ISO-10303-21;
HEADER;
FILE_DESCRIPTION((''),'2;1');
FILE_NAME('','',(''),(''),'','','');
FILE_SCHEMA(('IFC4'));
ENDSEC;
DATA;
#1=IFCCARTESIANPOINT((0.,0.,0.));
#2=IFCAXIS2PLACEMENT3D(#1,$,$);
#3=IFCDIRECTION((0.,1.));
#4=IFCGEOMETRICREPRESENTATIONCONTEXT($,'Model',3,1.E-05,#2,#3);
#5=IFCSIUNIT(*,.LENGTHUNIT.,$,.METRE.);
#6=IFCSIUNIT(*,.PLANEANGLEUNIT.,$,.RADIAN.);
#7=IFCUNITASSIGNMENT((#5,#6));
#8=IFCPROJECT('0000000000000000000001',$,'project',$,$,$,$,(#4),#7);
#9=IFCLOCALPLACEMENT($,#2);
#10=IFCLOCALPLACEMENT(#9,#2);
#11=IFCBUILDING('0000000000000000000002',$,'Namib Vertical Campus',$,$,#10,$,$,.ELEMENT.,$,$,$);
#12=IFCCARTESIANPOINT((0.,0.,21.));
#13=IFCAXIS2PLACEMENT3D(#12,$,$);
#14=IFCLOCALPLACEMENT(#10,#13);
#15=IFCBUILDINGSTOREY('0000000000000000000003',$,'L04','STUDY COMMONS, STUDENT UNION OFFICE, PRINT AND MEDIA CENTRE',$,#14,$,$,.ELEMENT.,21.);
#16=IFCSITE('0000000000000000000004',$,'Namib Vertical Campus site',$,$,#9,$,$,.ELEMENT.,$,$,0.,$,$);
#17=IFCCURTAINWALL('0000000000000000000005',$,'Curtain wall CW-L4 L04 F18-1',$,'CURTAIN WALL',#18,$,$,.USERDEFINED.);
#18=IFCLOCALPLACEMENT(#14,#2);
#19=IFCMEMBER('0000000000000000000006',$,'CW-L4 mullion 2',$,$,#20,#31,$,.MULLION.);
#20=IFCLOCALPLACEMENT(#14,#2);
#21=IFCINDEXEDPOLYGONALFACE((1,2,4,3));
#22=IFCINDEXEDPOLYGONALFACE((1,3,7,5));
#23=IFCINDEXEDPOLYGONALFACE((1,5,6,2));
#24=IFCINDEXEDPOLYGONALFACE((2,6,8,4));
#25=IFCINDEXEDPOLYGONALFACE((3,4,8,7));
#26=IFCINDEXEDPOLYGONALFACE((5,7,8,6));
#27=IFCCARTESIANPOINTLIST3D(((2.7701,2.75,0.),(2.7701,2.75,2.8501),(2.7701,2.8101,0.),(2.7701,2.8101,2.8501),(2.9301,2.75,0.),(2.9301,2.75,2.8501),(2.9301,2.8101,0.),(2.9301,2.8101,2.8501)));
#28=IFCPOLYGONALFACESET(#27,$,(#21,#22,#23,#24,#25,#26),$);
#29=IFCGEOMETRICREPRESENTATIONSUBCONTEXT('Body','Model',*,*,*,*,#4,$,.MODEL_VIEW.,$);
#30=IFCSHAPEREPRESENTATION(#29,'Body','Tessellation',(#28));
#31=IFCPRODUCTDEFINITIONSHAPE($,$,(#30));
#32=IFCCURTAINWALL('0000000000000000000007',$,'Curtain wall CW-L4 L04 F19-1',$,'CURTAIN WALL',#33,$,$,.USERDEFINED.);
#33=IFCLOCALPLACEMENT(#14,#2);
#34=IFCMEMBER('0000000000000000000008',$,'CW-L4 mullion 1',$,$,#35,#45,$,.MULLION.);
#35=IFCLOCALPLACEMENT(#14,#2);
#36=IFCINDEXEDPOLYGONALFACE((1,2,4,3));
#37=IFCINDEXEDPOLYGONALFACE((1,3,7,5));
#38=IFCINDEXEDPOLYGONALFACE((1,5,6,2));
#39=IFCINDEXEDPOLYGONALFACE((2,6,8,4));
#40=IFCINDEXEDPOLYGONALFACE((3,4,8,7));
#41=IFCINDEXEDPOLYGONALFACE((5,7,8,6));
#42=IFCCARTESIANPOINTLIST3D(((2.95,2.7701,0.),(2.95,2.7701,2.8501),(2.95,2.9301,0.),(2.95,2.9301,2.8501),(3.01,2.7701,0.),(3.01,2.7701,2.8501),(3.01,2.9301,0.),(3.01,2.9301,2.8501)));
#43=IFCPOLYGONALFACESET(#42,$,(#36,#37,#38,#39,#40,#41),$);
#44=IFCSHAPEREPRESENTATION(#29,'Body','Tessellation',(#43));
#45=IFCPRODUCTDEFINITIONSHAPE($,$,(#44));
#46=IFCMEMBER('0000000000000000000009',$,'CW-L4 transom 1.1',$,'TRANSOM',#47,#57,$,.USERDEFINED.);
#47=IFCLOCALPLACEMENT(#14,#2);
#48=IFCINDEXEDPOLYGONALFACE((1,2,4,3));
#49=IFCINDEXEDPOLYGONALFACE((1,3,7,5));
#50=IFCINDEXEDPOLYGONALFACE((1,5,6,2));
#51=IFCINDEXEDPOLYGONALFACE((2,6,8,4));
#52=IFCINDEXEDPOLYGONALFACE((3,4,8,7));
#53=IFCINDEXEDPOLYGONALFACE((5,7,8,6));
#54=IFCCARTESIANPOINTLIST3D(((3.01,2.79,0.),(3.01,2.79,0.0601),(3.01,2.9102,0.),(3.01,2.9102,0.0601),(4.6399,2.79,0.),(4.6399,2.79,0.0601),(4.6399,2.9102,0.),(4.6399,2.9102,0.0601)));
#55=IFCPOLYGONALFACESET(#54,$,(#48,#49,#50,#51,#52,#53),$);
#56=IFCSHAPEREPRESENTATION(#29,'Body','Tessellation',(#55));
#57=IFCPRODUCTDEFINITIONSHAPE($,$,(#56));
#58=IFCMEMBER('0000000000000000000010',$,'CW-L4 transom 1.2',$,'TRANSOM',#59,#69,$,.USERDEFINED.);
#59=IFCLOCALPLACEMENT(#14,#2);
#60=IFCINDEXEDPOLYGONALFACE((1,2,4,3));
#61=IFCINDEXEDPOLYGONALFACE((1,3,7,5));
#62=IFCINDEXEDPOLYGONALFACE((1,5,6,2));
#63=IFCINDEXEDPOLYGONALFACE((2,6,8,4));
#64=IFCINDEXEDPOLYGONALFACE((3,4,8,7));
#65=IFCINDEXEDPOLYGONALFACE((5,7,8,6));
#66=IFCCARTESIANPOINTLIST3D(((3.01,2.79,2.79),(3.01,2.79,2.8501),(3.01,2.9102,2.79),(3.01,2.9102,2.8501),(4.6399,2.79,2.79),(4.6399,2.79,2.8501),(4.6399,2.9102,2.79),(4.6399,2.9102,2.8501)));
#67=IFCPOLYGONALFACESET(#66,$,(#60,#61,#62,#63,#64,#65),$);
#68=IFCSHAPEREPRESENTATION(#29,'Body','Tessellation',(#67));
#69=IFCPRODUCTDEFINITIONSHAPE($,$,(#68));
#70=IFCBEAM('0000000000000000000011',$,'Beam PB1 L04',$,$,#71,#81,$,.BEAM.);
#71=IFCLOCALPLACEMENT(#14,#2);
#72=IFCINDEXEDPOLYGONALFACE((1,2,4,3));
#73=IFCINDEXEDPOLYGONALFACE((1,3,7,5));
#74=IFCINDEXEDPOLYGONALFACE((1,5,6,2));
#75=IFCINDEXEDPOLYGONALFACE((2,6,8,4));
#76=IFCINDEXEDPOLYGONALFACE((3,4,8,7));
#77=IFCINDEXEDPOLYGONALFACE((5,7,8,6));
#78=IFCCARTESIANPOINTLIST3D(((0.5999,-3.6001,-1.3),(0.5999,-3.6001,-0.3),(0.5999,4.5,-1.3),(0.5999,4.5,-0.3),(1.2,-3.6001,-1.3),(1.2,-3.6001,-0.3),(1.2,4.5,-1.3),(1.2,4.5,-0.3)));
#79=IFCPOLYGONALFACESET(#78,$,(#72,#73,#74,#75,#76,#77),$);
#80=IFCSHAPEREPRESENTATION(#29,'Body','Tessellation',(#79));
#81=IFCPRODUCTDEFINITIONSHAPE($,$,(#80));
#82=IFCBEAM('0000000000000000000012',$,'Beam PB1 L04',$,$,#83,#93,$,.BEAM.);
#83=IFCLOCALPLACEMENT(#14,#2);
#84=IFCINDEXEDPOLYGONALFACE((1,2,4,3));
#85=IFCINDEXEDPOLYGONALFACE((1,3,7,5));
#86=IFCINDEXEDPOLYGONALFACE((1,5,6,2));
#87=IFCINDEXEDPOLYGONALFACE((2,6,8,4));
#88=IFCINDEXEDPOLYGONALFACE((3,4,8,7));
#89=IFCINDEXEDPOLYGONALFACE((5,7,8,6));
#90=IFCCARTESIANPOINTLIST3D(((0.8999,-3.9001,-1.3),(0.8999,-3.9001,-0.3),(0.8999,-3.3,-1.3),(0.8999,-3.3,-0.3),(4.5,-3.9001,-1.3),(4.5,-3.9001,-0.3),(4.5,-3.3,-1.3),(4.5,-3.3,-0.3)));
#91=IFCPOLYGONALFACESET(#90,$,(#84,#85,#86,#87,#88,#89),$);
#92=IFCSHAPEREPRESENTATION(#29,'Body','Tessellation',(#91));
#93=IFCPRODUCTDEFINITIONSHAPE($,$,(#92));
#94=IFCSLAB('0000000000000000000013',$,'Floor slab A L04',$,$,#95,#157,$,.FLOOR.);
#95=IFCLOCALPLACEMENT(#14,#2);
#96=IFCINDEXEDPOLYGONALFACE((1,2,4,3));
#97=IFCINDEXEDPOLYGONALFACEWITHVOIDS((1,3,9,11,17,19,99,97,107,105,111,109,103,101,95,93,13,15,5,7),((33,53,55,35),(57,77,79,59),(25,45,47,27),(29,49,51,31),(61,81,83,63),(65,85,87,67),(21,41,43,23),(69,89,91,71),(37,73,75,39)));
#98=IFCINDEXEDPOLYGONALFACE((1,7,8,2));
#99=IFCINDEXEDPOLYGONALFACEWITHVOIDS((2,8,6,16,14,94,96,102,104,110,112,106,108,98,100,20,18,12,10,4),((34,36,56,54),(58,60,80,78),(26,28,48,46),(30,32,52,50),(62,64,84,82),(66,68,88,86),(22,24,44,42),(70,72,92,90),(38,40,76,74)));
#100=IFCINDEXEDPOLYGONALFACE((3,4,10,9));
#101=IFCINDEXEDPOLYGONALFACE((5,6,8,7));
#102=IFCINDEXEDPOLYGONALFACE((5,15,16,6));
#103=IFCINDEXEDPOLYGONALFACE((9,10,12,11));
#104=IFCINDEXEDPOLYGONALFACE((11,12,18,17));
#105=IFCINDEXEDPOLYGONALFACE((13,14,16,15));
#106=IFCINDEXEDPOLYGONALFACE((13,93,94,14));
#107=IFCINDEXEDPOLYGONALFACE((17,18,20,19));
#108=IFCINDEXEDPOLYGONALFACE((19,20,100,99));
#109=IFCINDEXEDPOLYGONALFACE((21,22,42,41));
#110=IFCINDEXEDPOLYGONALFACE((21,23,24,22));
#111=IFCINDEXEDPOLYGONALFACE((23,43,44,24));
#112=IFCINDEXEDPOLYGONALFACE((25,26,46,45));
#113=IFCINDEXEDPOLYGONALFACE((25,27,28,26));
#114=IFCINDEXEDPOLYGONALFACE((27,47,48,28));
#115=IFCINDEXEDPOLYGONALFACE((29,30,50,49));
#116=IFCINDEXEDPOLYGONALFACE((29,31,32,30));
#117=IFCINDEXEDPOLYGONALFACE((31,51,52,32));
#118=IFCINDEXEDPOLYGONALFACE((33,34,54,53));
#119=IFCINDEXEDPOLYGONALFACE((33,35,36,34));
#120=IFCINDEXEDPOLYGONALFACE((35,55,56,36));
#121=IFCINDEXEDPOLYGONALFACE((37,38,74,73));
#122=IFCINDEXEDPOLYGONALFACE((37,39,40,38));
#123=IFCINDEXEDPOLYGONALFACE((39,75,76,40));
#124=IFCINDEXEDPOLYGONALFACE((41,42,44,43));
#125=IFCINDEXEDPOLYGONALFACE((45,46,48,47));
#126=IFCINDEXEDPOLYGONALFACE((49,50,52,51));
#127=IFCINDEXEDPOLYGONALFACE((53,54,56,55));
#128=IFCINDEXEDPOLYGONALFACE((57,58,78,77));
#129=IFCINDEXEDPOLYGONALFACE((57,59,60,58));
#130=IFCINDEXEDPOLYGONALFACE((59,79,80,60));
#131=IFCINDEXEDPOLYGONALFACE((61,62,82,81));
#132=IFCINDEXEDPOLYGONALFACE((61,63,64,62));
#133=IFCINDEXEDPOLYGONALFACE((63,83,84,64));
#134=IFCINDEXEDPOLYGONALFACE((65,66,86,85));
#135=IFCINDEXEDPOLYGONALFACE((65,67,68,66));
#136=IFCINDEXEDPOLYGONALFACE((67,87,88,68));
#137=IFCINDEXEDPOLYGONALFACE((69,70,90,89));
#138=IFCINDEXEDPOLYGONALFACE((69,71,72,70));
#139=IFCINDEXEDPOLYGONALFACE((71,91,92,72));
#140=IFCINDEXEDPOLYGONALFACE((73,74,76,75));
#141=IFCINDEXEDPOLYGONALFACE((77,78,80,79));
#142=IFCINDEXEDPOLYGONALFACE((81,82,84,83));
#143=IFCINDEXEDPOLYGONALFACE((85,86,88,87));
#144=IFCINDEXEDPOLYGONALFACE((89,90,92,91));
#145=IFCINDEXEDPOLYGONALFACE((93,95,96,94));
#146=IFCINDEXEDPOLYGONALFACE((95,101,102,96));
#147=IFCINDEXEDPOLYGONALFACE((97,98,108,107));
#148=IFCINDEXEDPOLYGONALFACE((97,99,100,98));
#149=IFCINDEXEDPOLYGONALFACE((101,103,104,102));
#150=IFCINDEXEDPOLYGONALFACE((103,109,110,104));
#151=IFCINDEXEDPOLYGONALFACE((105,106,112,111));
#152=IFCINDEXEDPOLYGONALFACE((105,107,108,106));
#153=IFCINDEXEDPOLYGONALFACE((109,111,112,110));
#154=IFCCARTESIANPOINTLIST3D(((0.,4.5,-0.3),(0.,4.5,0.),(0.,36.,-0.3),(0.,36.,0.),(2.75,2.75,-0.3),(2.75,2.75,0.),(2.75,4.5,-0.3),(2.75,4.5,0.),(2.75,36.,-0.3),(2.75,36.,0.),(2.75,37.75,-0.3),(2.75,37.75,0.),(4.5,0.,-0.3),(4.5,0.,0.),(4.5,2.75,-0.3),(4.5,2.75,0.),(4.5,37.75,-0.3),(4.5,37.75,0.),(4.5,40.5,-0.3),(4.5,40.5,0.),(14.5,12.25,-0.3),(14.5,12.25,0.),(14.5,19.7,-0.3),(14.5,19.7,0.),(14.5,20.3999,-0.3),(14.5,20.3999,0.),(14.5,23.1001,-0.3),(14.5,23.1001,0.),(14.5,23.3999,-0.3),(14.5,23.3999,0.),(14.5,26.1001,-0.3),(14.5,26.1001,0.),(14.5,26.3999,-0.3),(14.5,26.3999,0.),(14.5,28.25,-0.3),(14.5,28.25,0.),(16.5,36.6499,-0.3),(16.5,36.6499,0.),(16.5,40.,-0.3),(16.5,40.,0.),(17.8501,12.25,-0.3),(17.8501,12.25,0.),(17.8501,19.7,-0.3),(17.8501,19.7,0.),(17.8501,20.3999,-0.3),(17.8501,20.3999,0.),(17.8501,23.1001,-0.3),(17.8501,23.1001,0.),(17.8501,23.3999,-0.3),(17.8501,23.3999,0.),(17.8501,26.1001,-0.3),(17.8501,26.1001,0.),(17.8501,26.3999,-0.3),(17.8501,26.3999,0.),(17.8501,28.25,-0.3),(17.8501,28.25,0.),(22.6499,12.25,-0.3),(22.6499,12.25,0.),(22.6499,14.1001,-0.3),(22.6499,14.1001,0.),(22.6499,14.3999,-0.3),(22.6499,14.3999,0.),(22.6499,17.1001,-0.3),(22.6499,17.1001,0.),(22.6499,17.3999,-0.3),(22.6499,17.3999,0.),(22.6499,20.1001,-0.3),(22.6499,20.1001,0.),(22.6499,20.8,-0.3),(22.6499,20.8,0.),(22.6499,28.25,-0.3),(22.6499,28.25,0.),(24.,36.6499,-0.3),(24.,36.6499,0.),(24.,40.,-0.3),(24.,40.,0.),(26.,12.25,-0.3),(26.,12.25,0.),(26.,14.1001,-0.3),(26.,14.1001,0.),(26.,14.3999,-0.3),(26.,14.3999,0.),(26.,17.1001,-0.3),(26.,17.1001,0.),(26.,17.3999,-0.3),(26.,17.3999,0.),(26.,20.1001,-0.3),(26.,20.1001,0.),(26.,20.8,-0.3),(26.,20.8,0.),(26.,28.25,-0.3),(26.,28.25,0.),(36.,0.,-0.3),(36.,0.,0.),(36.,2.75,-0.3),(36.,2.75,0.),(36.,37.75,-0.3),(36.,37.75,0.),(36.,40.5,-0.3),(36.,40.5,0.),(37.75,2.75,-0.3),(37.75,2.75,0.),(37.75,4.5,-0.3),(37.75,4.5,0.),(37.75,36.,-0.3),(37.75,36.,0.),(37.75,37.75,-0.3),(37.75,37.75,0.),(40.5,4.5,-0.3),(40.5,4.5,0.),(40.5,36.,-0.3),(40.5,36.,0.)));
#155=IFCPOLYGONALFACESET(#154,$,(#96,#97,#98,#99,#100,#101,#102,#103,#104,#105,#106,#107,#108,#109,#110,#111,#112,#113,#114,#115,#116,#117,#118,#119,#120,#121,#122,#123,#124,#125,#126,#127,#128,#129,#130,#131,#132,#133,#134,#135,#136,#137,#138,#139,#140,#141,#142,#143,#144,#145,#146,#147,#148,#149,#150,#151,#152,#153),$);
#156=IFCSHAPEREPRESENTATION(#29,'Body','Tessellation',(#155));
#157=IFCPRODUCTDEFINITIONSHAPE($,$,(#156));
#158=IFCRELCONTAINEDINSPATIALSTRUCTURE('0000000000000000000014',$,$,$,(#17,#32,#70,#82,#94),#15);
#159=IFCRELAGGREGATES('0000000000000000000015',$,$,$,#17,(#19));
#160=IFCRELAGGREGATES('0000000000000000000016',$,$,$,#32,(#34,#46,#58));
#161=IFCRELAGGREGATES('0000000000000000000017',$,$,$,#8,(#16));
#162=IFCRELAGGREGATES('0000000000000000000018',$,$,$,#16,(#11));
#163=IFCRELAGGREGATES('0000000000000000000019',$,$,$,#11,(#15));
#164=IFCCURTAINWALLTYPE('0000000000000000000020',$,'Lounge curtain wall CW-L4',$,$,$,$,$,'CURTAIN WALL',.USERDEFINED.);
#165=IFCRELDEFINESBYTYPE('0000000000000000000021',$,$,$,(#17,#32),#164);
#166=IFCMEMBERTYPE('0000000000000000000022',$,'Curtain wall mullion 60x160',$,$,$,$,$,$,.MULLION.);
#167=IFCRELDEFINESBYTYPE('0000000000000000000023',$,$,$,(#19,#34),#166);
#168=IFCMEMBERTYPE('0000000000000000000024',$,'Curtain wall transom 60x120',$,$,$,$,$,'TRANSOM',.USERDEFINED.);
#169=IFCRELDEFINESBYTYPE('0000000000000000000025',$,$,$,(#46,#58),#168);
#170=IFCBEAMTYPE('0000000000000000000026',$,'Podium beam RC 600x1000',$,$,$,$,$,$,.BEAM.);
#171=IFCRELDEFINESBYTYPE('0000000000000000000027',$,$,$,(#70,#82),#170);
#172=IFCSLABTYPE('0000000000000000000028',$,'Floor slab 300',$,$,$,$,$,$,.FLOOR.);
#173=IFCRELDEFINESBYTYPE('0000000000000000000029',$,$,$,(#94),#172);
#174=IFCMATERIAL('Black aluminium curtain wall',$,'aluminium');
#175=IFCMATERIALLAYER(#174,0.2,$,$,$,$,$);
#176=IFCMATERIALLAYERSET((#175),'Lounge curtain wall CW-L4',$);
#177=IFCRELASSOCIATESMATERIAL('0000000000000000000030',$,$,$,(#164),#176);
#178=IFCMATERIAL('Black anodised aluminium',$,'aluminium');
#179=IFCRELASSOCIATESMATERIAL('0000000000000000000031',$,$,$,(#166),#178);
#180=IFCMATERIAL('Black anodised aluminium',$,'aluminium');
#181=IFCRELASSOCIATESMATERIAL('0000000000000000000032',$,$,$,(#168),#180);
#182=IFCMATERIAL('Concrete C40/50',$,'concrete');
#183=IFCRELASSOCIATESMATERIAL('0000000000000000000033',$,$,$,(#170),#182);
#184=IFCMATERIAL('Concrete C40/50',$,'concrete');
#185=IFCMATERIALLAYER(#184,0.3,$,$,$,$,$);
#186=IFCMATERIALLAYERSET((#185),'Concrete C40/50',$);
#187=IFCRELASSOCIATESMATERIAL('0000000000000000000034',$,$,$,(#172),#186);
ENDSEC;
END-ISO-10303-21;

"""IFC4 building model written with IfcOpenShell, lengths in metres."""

from ifc_helpers import new_model, si_unit, direction, frame, origin, origin_2d, place, context, subcontext, project, spatial, polyline, rectangle, outline, extrude, material, layer, layer_set, material_profile, profile_set, type_object, element, aggregate, save


model = new_model("IFC4")

# Units and contexts
model_context = context("Model", 3, precision=1e-05, world=origin(), true_north=direction((0.0, 1.0)))
body_context = subcontext(model_context, "Body", "Model", "MODEL_VIEW")
ifc_project = project(units=[si_unit("LENGTHUNIT", "METRE"), si_unit("PLANEANGLEUNIT", "RADIAN")], contexts=[model_context])

# Site, building, storey
site_placement = place(None, origin())
site = spatial("IfcSite", under=ifc_project, at=site_placement, Name="Namib Vertical Campus site", CompositionType="ELEMENT", RefElevation=0.0)
building_placement = place(site_placement, origin())
building = spatial("IfcBuilding", under=site, at=building_placement, Name="Namib Vertical Campus", CompositionType="ELEMENT")
storey_placement = place(building_placement, frame((0.0, 0.0, 21.0)))
storey = spatial("IfcBuildingStorey", under=building, at=storey_placement, Name="L04", Description="STUDY COMMONS, STUDENT UNION OFFICE, PRINT AND MEDIA CENTRE", CompositionType="ELEMENT", Elevation=21.0)

# Curtain wall, member
ifc_material_1 = material(Name="Black aluminium curtain wall", Category="aluminium")
ifc_layer_1 = layer(ifc_material_1, 0.2)
ifc_layer_set_1 = layer_set([ifc_layer_1], Name="Lounge curtain wall CW-L4")
curtain_wall_type = type_object("IfcCurtainWallType", Name="Lounge curtain wall CW-L4", ElementType="CURTAIN WALL", PredefinedType="USERDEFINED", material=ifc_layer_set_1)
curtain_wall_1_placement = place(storey_placement, origin())
curtain_wall_1 = element("IfcCurtainWall", 1, at=curtain_wall_1_placement, inside=storey, type_object=curtain_wall_type, Name="Curtain wall CW-L4 L04 F18-1", ObjectType="CURTAIN WALL", PredefinedType="USERDEFINED")
ifc_material_2 = material(Name="Black anodised aluminium", Category="aluminium")
ifc_material_profile_1 = material_profile(ifc_material_2, rectangle(XDim=0.0601, YDim=0.1599, at=origin_2d()))
ifc_profile_set_1 = profile_set([ifc_material_profile_1], Name="Black anodised aluminium")
member_type_1 = type_object("IfcMemberType", Name="Curtain wall mullion 60x160", PredefinedType="MULLION", material=ifc_profile_set_1)
member_1_placement = place(storey_placement, frame((2.8501, 2.78, 0.0), z_axis=(0.0, 0.0, 1.0), x_axis=(0.0, -1.0, 0.0)))
member_1 = element("IfcMember", 2, at=member_1_placement, type_object=member_type_1, Name="CW-L4 mullion 2", PredefinedType="MULLION", context=body_context, shape_type="SweptSolid", body=[
    extrude(rectangle(XDim=0.0601, YDim=0.1599, at=origin_2d()), origin(), (0.0, 0.0, 1.0), 2.8501),
])
aggregate(curtain_wall_1, [member_1])

# Curtain wall, members
curtain_wall_2_placement = place(storey_placement, origin())
curtain_wall_2 = element("IfcCurtainWall", 3, at=curtain_wall_2_placement, inside=storey, type_object=curtain_wall_type, Name="Curtain wall CW-L4 L04 F19-1", ObjectType="CURTAIN WALL", PredefinedType="USERDEFINED")
member_2_placement = place(storey_placement, frame((2.98, 2.8501, 0.0), z_axis=(0.0, 0.0, 1.0), x_axis=(1.0, 0.0, 0.0)))
member_2 = element("IfcMember", 4, at=member_2_placement, type_object=member_type_1, Name="CW-L4 mullion 1", PredefinedType="MULLION", context=body_context, shape_type="SweptSolid", body=[
    extrude(rectangle(XDim=0.0601, YDim=0.1599, at=origin_2d()), origin(), (0.0, 0.0, 1.0), 2.8501),
])
ifc_material_3 = material(Name="Black anodised aluminium", Category="aluminium")
ifc_material_profile_2 = material_profile(ifc_material_3, rectangle(XDim=0.0601, YDim=0.1201, at=origin_2d()))
ifc_profile_set_2 = profile_set([ifc_material_profile_2], Name="Black anodised aluminium")
member_type_2 = type_object("IfcMemberType", Name="Curtain wall transom 60x120", ElementType="TRANSOM", PredefinedType="USERDEFINED", material=ifc_profile_set_2)
member_3_placement = place(storey_placement, frame((3.01, 2.8501, 0.03), z_axis=(1.0, 0.0, 0.0), x_axis=(0.0, 0.0, 1.0)))
member_3 = element("IfcMember", 5, at=member_3_placement, type_object=member_type_2, Name="CW-L4 transom 1.1", ObjectType="TRANSOM", PredefinedType="USERDEFINED", context=body_context, shape_type="SweptSolid", body=[
    extrude(rectangle(XDim=0.0601, YDim=0.1201, at=origin_2d()), origin(), (0.0, 0.0, 1.0), 1.6299),
])
member_4_placement = place(storey_placement, frame((3.01, 2.8501, 2.8201), z_axis=(1.0, 0.0, 0.0), x_axis=(0.0, 0.0, 1.0)))
member_4 = element("IfcMember", 6, at=member_4_placement, type_object=member_type_2, Name="CW-L4 transom 1.2", ObjectType="TRANSOM", PredefinedType="USERDEFINED", context=body_context, shape_type="SweptSolid", body=[
    extrude(rectangle(XDim=0.0601, YDim=0.1201, at=origin_2d()), origin(), (0.0, 0.0, 1.0), 1.6299),
])
aggregate(curtain_wall_2, [member_2, member_3, member_4])

# Beams
ifc_material_4 = material(Name="Concrete C40/50", Category="concrete")
ifc_material_profile_3 = material_profile(ifc_material_4, rectangle(XDim=0.6001, YDim=1.0, at=origin_2d()))
ifc_profile_set_3 = profile_set([ifc_material_profile_3], Name="Concrete C40/50")
beam_type = type_object("IfcBeamType", Name="Podium beam RC 600x1000", PredefinedType="BEAM", material=ifc_profile_set_3)
beam_1_placement = place(storey_placement, frame((0.8999, -3.6001, -0.8), z_axis=(0.0, 1.0, 0.0), x_axis=(-1.0, 0.0, 0.0)))
element("IfcBeam", 7, at=beam_1_placement, inside=storey, type_object=beam_type, Name="Beam PB1 L04", PredefinedType="BEAM", context=body_context, shape_type="SweptSolid", body=[
    extrude(rectangle(XDim=0.6001, YDim=1.0, at=origin_2d()), origin(), (0.0, 0.0, 1.0), 8.1001),
])
beam_2_placement = place(storey_placement, frame((0.8999, -3.6001, -0.8), z_axis=(1.0, 0.0, 0.0), x_axis=(0.0, 1.0, 0.0)))
element("IfcBeam", 8, at=beam_2_placement, inside=storey, type_object=beam_type, Name="Beam PB1 L04", PredefinedType="BEAM", context=body_context, shape_type="SweptSolid", body=[
    extrude(rectangle(XDim=0.6001, YDim=1.0, at=origin_2d()), origin(), (0.0, 0.0, 1.0), 3.6001),
])

# Slab
ifc_material_5 = material(Name="Concrete C40/50", Category="concrete")
ifc_layer_2 = layer(ifc_material_5, 0.3)
ifc_layer_set_2 = layer_set([ifc_layer_2], Name="Concrete C40/50")
slab_type_1 = type_object("IfcSlabType", Name="Floor slab 300", PredefinedType="FLOOR", material=ifc_layer_set_2)
slab_1_placement = place(storey_placement, frame((0.0, 0.0, -0.3)))
element("IfcSlab", 9, at=slab_1_placement, inside=storey, type_object=slab_type_1, Name="Floor slab A L04", PredefinedType="FLOOR", context=body_context, shape_type="SweptSolid", body=[
    extrude(outline(polyline([(4.5, 0.0), (36.0, 0.0), (36.0, 2.75), (37.75, 2.75), (37.75, 4.5), (40.5, 4.5), (40.5, 36.0), (37.75, 36.0), (37.75, 37.75), (36.0, 37.75), (36.0, 40.5), (4.5, 40.5), (4.5, 37.75), (2.75, 37.75), (2.75, 36.0), (0.0, 36.0), (0.0, 4.5), (2.75, 4.5), (2.75, 2.75), (4.5, 2.75), (4.5, 0.0)]), holes=[polyline([(14.5, 12.25), (17.8501, 12.25), (17.8501, 19.7), (14.5, 19.7), (14.5, 12.25)]), polyline([(22.6499, 20.8), (26.0, 20.8), (26.0, 28.25), (22.6499, 28.25), (22.6499, 20.8)]), polyline([(22.6499, 12.25), (26.0, 12.25), (26.0, 14.1001), (22.6499, 14.1001), (22.6499, 12.25)]), polyline([(14.5, 20.3999), (17.8501, 20.3999), (17.8501, 23.1001), (14.5, 23.1001), (14.5, 20.3999)]), polyline([(14.5, 23.3999), (17.8501, 23.3999), (17.8501, 26.1001), (14.5, 26.1001), (14.5, 23.3999)]), polyline([(14.5, 26.3999), (17.8501, 26.3999), (17.8501, 28.25), (14.5, 28.25), (14.5, 26.3999)]), polyline([(22.6499, 14.3999), (26.0, 14.3999), (26.0, 17.1001), (22.6499, 17.1001), (22.6499, 14.3999)]), polyline([(22.6499, 17.3999), (26.0, 17.3999), (26.0, 20.1001), (22.6499, 20.1001), (22.6499, 17.3999)]), polyline([(16.5, 36.6499), (24.0, 36.6499), (24.0, 40.0), (16.5, 40.0), (16.5, 36.6499)])]), origin(), (0.0, 0.0, 1.0), 0.3),
])

save(model, "model.ifc")
